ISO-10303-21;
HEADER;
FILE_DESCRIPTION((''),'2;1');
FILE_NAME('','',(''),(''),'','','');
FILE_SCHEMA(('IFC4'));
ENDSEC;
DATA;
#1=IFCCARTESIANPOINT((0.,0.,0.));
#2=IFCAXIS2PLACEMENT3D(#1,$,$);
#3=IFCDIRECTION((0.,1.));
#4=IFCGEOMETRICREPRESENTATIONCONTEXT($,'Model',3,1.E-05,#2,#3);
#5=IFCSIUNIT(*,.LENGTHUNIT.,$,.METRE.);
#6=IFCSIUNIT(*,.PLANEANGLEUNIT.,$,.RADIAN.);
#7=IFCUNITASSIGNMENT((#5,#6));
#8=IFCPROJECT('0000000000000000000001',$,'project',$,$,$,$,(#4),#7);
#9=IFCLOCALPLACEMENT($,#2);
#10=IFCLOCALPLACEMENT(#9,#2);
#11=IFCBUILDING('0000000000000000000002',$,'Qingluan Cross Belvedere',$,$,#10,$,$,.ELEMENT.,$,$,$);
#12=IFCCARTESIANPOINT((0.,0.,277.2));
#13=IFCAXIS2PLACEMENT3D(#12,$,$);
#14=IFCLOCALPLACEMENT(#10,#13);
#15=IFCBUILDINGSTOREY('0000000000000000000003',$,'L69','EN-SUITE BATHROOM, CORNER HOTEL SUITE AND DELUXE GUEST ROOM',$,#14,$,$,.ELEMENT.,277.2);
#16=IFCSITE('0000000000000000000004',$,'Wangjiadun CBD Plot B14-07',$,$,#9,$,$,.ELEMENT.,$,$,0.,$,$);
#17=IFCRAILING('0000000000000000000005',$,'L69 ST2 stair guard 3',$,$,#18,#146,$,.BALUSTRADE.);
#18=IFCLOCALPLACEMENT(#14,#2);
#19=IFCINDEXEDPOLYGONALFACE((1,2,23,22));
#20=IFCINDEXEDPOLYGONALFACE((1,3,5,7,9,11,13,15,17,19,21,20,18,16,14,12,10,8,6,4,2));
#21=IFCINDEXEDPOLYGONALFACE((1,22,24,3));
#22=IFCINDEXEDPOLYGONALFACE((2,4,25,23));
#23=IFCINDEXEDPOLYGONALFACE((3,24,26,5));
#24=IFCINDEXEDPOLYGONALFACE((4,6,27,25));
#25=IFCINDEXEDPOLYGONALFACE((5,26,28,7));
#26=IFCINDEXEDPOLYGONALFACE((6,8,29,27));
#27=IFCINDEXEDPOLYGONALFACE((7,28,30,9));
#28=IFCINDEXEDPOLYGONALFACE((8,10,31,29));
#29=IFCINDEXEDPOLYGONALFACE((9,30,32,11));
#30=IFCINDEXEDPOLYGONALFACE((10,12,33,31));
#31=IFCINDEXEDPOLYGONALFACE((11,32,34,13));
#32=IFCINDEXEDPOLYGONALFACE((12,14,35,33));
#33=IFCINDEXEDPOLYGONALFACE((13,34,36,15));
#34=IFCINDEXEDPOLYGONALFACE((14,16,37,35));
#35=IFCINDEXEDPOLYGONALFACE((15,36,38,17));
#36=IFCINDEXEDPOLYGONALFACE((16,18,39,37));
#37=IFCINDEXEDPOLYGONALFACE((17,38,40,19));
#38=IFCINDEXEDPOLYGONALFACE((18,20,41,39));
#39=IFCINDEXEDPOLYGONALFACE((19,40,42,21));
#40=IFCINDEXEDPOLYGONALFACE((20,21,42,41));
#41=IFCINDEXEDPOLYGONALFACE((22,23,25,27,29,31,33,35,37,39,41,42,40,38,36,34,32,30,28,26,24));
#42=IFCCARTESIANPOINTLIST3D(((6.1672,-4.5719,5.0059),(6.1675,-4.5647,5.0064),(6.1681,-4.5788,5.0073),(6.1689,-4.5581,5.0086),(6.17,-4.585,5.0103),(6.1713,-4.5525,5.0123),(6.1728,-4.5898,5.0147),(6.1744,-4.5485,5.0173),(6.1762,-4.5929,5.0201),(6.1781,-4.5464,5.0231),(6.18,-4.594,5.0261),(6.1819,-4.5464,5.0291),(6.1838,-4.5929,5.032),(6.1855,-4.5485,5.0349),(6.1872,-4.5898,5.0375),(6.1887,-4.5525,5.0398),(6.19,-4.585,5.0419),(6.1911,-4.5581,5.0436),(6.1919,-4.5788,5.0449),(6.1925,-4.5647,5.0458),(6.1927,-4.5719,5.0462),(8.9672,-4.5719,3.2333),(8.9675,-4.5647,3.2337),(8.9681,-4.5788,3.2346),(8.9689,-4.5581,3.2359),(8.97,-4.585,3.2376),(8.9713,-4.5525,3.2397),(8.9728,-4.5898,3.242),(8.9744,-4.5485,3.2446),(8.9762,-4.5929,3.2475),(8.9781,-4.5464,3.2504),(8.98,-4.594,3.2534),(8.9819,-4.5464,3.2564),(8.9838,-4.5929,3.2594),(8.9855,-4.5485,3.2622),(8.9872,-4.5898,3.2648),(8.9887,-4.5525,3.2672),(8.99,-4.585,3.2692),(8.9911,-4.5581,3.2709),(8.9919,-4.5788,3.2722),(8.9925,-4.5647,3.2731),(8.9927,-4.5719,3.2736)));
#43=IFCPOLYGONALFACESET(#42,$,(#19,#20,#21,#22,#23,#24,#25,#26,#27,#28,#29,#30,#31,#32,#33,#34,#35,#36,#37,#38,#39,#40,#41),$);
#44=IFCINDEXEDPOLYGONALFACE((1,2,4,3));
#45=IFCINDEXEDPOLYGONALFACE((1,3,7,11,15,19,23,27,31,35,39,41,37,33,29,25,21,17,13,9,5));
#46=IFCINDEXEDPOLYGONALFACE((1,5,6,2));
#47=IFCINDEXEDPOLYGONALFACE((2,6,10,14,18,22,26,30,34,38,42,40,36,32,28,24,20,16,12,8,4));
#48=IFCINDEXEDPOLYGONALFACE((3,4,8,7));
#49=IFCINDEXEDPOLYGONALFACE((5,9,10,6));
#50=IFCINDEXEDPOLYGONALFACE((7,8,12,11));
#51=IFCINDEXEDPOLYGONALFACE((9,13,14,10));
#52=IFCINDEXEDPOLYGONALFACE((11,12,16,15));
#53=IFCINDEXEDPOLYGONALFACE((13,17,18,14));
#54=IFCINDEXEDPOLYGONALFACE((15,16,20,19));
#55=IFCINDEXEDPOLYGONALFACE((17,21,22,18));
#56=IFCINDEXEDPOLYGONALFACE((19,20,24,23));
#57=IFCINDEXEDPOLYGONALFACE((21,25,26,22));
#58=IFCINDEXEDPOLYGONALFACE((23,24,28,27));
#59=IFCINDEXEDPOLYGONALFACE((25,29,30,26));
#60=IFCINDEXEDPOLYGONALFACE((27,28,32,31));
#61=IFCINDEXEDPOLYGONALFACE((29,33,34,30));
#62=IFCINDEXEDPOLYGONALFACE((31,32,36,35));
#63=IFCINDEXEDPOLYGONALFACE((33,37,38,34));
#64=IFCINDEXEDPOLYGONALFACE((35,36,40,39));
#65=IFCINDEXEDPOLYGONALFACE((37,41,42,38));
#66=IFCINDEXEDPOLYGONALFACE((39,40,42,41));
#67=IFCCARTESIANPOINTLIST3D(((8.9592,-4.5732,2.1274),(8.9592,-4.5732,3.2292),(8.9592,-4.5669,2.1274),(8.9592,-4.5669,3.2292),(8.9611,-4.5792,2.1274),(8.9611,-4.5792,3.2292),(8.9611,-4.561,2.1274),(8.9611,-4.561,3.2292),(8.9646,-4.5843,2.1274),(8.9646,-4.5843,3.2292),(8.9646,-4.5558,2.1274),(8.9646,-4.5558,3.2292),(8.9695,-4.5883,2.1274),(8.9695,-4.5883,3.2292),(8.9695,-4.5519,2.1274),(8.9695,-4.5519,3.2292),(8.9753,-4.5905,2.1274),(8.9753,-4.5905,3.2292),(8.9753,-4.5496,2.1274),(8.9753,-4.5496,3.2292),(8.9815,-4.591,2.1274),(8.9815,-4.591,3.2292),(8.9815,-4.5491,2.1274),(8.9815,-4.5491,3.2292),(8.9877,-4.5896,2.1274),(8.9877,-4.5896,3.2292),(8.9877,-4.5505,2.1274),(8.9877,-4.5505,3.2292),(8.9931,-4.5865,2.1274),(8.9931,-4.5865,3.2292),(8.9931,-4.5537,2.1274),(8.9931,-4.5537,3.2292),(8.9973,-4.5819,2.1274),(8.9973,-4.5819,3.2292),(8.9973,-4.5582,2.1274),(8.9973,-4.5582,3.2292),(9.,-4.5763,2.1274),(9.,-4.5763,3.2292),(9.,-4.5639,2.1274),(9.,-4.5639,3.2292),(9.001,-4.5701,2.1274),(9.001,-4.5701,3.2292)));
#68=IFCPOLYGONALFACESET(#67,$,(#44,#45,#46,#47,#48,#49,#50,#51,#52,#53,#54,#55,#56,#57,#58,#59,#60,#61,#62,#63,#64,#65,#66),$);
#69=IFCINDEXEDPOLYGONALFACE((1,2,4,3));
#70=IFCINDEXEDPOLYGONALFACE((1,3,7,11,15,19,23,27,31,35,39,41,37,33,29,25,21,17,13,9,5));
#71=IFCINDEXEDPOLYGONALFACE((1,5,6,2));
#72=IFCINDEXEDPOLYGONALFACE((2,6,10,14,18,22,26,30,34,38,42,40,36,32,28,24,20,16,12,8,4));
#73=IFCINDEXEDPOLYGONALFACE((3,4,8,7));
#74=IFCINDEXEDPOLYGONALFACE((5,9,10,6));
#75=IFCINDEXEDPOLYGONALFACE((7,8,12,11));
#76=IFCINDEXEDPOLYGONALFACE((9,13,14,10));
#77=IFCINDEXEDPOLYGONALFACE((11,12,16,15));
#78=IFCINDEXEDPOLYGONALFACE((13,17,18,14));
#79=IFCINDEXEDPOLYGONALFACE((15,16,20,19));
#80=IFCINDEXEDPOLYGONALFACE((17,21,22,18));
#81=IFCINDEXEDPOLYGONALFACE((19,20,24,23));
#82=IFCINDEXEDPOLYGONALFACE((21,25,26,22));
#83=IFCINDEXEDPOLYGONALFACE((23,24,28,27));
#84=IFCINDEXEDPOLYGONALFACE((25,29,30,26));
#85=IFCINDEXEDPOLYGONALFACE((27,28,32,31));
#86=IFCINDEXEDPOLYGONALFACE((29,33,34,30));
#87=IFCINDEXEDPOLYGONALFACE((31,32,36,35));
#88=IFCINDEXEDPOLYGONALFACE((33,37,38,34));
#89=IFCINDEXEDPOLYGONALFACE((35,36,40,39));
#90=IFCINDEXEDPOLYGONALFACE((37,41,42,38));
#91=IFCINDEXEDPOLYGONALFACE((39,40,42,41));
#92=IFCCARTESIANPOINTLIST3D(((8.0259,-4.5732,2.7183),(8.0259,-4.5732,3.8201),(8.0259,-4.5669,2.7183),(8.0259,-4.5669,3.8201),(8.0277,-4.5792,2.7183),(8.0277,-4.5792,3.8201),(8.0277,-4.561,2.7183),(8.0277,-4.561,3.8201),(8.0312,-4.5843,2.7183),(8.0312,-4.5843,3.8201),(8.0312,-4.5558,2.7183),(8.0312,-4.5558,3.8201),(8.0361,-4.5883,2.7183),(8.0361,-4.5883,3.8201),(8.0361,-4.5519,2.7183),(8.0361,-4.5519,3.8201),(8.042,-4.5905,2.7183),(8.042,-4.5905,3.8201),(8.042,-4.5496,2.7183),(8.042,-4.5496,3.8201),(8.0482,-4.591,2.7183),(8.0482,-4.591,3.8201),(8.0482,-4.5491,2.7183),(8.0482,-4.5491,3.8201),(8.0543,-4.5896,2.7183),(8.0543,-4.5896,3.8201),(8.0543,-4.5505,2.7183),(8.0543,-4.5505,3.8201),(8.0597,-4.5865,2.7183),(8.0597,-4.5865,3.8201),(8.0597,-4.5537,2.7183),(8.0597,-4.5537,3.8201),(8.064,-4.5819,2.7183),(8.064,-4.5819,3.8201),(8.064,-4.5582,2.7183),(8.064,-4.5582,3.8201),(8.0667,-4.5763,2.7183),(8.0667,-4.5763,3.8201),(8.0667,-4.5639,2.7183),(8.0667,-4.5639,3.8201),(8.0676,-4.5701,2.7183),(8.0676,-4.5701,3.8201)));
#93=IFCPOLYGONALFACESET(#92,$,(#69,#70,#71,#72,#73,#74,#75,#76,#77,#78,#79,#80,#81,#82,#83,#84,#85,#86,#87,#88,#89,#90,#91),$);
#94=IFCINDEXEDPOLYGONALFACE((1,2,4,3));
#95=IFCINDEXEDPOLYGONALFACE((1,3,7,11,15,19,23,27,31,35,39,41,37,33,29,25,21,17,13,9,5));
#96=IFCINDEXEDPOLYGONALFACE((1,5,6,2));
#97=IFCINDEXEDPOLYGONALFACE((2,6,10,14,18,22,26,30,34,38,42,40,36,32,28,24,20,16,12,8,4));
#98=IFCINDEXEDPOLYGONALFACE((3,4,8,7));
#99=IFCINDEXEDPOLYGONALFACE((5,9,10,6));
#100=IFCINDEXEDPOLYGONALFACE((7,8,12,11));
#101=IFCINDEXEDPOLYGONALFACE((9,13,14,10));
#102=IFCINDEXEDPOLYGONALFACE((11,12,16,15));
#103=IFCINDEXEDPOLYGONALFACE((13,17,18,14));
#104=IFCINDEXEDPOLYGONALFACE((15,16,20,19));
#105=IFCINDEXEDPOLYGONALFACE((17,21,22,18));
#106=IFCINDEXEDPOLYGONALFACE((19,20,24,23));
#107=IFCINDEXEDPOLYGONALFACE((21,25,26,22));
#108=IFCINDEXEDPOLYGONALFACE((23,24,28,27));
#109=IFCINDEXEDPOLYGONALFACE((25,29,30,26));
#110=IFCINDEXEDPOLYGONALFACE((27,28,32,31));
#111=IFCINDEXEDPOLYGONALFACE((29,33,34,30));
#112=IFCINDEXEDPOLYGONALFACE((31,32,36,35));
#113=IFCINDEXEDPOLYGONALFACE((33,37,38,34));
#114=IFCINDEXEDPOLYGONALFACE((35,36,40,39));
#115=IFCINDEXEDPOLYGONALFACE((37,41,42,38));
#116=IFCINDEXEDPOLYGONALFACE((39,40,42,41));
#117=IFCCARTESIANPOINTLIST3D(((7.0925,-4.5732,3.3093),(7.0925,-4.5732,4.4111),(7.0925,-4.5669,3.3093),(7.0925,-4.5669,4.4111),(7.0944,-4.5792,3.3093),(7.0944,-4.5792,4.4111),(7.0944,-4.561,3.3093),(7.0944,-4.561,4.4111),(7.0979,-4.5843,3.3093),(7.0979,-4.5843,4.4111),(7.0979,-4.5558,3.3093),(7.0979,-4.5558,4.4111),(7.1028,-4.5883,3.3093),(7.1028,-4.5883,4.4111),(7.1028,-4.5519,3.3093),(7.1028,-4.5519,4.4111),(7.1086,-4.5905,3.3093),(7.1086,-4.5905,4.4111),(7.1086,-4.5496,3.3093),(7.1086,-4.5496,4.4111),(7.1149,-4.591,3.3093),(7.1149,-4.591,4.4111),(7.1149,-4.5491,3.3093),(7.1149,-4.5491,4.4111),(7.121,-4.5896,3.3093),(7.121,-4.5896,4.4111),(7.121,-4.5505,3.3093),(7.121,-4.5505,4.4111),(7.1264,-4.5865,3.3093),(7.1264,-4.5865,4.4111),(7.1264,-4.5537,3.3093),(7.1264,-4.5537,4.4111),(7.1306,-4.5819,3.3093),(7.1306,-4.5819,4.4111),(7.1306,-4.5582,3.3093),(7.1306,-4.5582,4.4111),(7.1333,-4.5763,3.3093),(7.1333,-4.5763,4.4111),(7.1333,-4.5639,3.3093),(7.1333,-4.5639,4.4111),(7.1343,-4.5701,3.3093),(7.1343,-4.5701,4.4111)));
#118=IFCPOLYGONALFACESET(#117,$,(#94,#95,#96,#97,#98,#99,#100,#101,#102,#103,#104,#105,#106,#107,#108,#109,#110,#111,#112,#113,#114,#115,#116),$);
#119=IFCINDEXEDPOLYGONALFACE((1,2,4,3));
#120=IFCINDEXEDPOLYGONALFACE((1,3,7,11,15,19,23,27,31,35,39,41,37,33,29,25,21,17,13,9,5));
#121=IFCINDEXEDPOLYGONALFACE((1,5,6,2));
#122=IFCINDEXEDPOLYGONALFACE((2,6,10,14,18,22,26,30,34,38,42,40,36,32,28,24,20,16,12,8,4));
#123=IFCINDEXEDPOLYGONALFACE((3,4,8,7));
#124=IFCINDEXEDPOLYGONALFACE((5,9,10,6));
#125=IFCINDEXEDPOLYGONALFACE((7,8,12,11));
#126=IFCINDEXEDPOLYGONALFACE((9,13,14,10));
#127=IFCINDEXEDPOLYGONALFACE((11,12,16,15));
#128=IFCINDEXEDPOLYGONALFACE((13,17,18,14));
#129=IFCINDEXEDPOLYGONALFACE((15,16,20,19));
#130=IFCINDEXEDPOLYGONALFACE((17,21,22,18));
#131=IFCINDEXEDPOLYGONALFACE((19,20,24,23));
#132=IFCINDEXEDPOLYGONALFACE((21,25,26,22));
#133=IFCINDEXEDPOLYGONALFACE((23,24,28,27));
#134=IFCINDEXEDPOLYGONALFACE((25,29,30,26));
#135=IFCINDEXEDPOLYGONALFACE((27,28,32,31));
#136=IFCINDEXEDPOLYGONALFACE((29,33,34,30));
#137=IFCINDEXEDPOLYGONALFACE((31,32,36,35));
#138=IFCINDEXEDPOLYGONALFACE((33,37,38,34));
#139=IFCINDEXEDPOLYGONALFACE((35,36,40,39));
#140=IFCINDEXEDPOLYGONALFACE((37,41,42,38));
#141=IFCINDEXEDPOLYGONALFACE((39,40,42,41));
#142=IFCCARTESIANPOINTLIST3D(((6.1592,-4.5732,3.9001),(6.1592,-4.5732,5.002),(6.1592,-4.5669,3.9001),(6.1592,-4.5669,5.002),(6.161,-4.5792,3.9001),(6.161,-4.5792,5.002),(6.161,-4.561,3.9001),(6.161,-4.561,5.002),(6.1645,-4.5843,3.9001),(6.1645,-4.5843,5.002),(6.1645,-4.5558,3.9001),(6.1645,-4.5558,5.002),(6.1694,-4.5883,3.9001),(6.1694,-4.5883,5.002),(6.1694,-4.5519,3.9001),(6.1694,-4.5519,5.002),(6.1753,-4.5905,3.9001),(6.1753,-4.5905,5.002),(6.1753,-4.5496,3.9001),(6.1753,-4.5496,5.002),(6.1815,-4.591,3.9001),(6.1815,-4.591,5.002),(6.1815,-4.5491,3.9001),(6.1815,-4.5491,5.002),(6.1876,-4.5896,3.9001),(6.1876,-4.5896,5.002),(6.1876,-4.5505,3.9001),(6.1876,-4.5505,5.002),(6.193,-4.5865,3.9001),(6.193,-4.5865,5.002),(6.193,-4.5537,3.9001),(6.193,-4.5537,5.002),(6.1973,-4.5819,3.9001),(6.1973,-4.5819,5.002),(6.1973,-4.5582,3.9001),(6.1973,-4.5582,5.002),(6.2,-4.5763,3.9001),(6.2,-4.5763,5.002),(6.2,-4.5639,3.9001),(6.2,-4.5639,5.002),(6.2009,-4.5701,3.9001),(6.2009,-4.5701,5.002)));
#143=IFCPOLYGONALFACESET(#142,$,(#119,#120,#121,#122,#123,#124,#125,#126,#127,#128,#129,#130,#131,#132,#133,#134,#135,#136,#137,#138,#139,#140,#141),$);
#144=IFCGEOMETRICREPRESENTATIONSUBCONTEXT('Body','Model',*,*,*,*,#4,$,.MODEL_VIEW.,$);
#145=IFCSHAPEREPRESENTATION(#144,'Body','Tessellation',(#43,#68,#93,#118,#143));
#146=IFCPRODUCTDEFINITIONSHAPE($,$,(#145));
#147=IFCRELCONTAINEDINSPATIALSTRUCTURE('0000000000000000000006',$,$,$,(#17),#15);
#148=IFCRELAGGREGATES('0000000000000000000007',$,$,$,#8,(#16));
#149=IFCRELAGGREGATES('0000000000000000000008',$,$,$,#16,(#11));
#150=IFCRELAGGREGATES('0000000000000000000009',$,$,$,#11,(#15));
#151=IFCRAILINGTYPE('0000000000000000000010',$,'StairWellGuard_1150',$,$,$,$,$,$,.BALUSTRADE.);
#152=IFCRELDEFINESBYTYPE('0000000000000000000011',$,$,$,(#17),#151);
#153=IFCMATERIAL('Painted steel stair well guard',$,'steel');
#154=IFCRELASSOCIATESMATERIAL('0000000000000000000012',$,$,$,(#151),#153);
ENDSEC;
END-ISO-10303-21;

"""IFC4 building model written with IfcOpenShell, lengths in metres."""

from ifc_helpers import new_model, si_unit, direction, frame, origin, origin_2d, place, context, subcontext, project, spatial, circle, extrude, material, type_object, element, save


model = new_model("IFC4")

# Units and contexts
model_context = context("Model", 3, precision=1e-05, world=origin(), true_north=direction((0.0, 1.0)))
body_context = subcontext(model_context, "Body", "Model", "MODEL_VIEW")
ifc_project = project(units=[si_unit("LENGTHUNIT", "METRE"), si_unit("PLANEANGLEUNIT", "RADIAN")], contexts=[model_context])

# Site, building, storey
site_placement = place(None, origin())
site = spatial("IfcSite", under=ifc_project, at=site_placement, Name="Wangjiadun CBD Plot B14-07", CompositionType="ELEMENT", RefElevation=0.0)
building_placement = place(site_placement, origin())
building = spatial("IfcBuilding", under=site, at=building_placement, Name="Qingluan Cross Belvedere", CompositionType="ELEMENT")
storey_placement = place(building_placement, frame((0.0, 0.0, 277.2)))
storey = spatial("IfcBuildingStorey", under=building, at=storey_placement, Name="L69", Description="EN-SUITE BATHROOM, CORNER HOTEL SUITE AND DELUXE GUEST ROOM", CompositionType="ELEMENT", Elevation=277.2)

# Railing
ifc_material_1 = material(Name="Painted steel stair well guard", Category="steel")
railing_type_1 = type_object("IfcRailingType", Name="StairWellGuard_1150", PredefinedType="BALUSTRADE", material=ifc_material_1)
railing_1_placement = place(storey_placement, frame((8.98, -4.5701, 2.1274)))
element("IfcRailing", 1, at=railing_1_placement, inside=storey, type_object=railing_type_1, Name="L69 ST2 stair guard 3", PredefinedType="BALUSTRADE", context=body_context, shape_type="SweptSolid", body=[
    extrude(circle(Radius=0.0239, at=origin_2d()), frame((0.0, 0.0, 1.126), z_axis=(-0.844909, 0.0, 0.53491), x_axis=(0.0, -1.0, 0.0)), (0.0, 0.0, 1.0), 3.314),
    extrude(circle(Radius=0.021, at=origin_2d()), origin(), (0.0, 0.0, 1.0), 1.1018),
    extrude(circle(Radius=0.021, at=origin_2d()), frame((-0.9333, 0.0, 0.5908)), (0.0, 0.0, 1.0), 1.1018),
    extrude(circle(Radius=0.021, at=origin_2d()), frame((-1.8667, 0.0, 1.1819)), (0.0, 0.0, 1.0), 1.1018),
    extrude(circle(Radius=0.021, at=origin_2d()), frame((-2.8, 0.0, 1.7727)), (0.0, 0.0, 1.0), 1.1018),
])

save(model, "model.ifc")
